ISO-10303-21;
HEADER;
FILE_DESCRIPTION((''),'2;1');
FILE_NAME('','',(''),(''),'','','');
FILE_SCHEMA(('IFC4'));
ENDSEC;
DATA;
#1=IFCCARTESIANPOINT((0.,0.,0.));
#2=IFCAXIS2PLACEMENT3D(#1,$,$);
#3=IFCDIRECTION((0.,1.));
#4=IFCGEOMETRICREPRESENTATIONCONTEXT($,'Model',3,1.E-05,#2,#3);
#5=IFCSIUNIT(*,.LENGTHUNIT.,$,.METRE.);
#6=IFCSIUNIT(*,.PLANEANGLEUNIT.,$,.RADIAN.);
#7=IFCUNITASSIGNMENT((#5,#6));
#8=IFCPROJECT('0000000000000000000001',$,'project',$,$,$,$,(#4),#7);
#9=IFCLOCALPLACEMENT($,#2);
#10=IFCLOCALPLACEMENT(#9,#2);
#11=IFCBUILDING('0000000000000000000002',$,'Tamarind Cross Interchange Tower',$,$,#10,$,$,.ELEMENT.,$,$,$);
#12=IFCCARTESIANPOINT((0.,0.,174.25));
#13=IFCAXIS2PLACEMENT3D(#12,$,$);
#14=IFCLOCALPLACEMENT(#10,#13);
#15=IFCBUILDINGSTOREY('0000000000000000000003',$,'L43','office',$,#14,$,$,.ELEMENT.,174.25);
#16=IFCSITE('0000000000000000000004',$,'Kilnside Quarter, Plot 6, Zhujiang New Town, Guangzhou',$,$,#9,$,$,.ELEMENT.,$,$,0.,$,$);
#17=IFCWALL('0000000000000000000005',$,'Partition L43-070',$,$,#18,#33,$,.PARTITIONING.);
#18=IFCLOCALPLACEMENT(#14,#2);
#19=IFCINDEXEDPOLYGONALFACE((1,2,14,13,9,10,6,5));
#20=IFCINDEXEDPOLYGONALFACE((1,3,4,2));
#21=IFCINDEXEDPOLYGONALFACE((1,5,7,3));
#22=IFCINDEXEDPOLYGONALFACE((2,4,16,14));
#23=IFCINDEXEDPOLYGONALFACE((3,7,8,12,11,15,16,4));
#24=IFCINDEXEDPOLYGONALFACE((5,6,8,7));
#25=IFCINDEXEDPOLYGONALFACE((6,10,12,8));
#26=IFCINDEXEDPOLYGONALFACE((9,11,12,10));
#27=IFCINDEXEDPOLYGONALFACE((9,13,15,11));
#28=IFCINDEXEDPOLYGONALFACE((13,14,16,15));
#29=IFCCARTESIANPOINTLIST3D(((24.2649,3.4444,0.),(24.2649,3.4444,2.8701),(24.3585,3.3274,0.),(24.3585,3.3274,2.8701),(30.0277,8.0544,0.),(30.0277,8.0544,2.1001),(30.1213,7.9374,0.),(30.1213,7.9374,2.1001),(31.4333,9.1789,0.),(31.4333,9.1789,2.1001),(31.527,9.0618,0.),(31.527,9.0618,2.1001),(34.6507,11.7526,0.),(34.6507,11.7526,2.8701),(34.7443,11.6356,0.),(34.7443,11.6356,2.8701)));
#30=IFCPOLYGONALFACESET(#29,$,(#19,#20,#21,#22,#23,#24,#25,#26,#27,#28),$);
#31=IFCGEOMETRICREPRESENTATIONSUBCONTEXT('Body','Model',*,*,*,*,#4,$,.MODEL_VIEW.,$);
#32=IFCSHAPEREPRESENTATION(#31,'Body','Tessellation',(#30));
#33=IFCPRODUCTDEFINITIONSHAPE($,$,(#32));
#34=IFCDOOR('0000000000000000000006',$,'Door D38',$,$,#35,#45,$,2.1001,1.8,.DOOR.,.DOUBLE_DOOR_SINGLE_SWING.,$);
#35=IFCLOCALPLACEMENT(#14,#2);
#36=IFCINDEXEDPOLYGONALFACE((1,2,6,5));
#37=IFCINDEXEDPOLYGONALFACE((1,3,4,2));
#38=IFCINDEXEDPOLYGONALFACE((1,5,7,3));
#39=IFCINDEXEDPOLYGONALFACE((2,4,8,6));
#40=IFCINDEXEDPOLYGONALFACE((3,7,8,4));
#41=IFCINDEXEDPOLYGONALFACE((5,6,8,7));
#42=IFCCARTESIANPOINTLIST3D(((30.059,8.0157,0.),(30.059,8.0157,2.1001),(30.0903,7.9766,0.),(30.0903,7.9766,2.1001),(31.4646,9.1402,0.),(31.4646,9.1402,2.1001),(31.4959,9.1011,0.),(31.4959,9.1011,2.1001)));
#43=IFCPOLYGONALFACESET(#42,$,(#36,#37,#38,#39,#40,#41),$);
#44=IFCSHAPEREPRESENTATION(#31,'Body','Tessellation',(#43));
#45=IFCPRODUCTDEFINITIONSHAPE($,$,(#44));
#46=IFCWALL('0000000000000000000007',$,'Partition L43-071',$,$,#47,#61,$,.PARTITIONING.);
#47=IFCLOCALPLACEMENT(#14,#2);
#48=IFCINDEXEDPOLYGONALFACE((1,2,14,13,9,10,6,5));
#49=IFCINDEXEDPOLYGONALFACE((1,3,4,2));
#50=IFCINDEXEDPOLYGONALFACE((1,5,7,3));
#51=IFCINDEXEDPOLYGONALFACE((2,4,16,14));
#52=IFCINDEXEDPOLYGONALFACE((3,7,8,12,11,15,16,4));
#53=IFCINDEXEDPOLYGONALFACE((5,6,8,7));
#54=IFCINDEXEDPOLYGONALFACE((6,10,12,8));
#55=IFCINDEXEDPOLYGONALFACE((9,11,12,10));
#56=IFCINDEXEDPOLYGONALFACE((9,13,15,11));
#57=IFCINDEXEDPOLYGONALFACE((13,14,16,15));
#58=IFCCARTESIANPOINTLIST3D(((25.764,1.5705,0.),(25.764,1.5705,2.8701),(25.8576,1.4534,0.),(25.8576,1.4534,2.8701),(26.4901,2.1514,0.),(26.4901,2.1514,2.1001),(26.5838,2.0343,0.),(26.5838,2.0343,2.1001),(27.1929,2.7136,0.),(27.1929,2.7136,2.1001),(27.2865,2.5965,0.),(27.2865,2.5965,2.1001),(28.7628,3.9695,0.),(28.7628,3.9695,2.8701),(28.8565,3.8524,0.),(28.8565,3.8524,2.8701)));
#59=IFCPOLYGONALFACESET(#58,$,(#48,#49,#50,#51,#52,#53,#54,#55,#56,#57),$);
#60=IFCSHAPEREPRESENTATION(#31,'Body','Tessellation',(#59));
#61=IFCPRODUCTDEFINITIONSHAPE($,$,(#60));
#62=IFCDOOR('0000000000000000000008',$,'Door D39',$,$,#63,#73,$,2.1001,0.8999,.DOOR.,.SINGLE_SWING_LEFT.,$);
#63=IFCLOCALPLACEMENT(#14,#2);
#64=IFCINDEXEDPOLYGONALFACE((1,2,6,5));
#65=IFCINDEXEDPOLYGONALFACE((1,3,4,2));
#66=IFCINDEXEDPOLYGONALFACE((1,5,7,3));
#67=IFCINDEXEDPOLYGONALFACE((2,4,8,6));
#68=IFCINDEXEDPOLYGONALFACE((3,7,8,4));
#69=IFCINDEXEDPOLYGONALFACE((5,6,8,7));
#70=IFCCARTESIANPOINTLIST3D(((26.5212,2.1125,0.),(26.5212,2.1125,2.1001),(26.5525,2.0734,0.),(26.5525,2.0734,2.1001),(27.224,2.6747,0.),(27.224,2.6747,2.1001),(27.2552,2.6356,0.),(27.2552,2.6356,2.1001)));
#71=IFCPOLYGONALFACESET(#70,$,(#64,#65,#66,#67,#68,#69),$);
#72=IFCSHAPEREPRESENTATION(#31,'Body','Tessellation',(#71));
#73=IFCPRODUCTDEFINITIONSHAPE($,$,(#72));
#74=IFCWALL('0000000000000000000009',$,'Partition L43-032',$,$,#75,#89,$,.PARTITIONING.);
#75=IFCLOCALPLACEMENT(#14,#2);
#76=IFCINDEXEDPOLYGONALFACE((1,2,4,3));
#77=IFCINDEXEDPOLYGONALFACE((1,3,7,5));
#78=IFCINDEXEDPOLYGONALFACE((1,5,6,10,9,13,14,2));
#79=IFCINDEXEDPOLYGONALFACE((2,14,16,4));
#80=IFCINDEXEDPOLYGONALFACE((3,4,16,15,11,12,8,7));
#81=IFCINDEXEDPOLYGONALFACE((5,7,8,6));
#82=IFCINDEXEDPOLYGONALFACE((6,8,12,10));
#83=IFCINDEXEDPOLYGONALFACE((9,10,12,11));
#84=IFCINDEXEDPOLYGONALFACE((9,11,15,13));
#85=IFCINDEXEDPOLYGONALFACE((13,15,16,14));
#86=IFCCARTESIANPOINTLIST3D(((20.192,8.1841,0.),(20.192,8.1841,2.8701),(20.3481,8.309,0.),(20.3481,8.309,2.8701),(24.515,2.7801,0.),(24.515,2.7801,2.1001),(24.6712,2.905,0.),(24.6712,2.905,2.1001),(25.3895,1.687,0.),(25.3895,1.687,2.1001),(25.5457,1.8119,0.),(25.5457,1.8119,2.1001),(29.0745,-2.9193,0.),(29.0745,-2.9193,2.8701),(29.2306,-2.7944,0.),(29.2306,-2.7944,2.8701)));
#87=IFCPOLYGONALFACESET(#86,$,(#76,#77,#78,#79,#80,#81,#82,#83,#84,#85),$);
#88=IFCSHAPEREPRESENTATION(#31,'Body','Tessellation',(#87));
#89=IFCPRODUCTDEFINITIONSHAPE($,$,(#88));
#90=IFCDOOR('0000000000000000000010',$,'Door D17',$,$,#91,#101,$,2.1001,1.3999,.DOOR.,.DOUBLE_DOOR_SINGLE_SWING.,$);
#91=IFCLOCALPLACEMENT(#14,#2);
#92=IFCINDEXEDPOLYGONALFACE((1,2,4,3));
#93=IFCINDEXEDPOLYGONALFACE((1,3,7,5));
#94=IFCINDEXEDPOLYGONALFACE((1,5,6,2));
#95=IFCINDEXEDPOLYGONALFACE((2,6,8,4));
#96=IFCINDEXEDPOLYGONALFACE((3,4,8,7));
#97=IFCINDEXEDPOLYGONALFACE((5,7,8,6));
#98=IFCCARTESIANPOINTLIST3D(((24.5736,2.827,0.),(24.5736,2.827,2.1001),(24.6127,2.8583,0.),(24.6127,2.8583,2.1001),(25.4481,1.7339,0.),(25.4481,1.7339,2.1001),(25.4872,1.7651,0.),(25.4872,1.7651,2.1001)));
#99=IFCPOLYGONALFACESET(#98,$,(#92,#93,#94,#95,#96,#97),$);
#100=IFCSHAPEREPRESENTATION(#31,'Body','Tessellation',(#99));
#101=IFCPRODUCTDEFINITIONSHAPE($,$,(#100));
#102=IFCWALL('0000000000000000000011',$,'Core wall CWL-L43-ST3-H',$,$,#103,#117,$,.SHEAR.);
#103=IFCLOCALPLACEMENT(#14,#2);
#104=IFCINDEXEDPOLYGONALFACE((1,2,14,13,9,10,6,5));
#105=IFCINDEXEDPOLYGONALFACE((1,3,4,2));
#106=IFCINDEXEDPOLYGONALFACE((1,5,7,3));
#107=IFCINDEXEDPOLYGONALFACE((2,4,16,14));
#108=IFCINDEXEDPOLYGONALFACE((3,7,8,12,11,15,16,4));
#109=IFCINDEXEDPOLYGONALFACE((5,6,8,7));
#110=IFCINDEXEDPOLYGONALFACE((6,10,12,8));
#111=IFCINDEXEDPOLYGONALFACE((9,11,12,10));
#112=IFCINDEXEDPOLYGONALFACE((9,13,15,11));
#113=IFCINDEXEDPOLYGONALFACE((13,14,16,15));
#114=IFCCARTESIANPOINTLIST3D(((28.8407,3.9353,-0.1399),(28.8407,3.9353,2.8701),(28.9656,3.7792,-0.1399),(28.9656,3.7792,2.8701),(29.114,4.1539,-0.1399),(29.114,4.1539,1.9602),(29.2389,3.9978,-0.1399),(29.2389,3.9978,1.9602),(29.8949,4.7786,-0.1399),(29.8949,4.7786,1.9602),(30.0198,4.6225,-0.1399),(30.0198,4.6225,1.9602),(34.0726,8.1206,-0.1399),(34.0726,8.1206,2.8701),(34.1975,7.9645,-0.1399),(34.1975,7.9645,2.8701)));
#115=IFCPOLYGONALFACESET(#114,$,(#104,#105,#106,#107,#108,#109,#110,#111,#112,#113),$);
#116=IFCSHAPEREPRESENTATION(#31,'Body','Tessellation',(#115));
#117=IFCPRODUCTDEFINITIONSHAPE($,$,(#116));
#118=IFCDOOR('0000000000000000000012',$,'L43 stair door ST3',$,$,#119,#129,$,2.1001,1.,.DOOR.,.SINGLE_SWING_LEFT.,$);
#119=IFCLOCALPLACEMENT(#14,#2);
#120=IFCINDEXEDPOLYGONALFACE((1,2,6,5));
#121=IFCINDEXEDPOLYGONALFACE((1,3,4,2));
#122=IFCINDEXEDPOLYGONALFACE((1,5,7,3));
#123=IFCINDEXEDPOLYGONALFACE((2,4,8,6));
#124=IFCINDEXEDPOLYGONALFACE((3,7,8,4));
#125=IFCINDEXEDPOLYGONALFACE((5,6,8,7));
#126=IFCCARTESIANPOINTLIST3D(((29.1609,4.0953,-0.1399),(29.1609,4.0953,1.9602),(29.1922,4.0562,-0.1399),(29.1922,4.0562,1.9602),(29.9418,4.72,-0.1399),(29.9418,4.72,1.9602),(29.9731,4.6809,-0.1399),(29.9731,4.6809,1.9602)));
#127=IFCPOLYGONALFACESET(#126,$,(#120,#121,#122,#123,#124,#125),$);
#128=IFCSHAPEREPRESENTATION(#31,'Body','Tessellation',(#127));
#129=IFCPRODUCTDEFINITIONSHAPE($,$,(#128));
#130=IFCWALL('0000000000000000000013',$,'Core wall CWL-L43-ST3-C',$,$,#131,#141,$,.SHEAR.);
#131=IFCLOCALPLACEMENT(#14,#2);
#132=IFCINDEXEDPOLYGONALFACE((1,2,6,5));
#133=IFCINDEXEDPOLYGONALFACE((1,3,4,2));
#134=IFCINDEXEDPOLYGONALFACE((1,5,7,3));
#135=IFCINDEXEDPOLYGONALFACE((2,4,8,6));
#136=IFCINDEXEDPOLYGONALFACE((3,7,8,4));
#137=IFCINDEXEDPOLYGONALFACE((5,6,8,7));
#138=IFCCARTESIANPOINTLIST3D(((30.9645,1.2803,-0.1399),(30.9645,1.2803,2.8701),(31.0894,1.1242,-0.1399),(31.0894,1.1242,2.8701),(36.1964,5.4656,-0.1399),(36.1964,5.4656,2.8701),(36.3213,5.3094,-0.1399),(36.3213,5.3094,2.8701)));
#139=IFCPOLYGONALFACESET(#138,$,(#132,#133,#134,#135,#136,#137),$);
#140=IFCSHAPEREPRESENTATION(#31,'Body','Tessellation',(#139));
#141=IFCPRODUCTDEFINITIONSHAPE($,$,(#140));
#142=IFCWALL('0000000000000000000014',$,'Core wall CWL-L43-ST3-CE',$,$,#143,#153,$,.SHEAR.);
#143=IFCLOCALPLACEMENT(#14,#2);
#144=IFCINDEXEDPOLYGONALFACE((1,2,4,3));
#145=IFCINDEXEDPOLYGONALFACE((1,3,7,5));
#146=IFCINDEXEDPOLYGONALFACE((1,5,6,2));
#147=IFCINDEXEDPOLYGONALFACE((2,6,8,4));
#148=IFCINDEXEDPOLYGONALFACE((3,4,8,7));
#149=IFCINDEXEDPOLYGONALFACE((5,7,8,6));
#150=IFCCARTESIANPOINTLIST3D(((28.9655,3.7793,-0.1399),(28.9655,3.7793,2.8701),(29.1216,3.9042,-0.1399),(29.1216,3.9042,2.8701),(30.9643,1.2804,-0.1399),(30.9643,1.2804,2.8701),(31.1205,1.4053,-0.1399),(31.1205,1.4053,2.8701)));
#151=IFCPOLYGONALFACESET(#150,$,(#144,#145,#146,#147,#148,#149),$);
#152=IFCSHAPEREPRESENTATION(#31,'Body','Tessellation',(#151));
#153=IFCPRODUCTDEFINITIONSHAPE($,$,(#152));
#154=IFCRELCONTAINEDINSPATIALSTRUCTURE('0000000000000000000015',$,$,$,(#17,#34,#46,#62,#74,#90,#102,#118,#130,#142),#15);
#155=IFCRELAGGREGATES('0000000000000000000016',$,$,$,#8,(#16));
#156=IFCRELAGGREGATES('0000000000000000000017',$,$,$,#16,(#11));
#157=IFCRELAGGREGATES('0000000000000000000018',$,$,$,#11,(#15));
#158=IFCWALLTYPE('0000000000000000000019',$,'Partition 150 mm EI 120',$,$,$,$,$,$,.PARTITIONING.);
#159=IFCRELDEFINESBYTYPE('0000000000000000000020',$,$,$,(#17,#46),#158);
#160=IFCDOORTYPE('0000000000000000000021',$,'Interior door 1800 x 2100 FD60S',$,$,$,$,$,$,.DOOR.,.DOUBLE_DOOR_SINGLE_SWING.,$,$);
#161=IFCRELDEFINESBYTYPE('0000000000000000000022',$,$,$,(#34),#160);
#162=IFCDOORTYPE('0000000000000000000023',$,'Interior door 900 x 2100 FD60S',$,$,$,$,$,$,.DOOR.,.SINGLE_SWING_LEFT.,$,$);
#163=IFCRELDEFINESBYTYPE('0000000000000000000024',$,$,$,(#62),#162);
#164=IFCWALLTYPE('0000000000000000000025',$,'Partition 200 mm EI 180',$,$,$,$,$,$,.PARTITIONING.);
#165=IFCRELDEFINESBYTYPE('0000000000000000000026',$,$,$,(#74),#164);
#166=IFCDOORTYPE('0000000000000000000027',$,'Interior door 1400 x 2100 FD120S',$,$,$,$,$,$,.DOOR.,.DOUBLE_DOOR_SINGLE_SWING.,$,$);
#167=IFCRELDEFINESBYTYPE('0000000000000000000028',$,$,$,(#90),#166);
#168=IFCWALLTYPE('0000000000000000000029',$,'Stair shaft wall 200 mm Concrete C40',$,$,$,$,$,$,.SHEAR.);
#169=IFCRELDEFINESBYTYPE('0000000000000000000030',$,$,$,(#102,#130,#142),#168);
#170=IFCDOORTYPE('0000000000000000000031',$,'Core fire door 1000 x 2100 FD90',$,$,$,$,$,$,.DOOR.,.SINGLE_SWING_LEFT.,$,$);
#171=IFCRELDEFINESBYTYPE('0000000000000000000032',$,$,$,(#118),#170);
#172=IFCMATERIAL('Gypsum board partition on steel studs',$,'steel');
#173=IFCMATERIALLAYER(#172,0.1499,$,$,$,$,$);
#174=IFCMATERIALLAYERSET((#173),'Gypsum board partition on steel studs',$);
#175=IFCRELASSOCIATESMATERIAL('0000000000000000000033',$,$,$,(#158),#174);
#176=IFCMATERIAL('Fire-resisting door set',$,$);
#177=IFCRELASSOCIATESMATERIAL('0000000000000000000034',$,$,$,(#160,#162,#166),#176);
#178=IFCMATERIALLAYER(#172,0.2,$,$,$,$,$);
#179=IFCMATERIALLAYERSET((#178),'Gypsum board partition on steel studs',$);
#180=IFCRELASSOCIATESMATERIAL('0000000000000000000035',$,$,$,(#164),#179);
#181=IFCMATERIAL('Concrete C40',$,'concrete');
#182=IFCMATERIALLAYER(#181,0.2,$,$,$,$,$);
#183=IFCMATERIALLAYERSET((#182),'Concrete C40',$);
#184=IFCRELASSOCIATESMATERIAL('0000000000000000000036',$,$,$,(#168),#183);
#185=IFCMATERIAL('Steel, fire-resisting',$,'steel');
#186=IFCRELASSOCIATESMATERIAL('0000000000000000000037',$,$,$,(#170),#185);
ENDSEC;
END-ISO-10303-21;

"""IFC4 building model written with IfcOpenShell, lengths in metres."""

from ifc_helpers import new_model, si_unit, direction, frame, frame_2d, origin, place, context, subcontext, project, spatial, rectangle, extrude, material, layer, layer_set, type_object, element, fill, save


model = new_model("IFC4")

# Units and contexts
model_context = context("Model", 3, precision=1e-05, world=origin(), true_north=direction((0.0, 1.0)))
body_context = subcontext(model_context, "Body", "Model", "MODEL_VIEW")
ifc_project = project(units=[si_unit("LENGTHUNIT", "METRE"), si_unit("PLANEANGLEUNIT", "RADIAN")], contexts=[model_context])

# Site, building, storey
site_placement = place(None, origin())
site = spatial("IfcSite", under=ifc_project, at=site_placement, Name="Kilnside Quarter, Plot 6, Zhujiang New Town, Guangzhou", CompositionType="ELEMENT", RefElevation=0.0)
building_placement = place(site_placement, origin())
building = spatial("IfcBuilding", under=site, at=building_placement, Name="Tamarind Cross Interchange Tower", CompositionType="ELEMENT")
storey_placement = place(building_placement, frame((0.0, 0.0, 174.25)))
storey = spatial("IfcBuildingStorey", under=building, at=storey_placement, Name="L43", Description="office", CompositionType="ELEMENT", Elevation=174.25)

# Shared definitions
ifc_material_1 = material(Name="Gypsum board partition on steel studs", Category="steel")
ifc_layer_1 = layer(ifc_material_1, 0.1499)
ifc_layer_set_1 = layer_set([ifc_layer_1], Name="Gypsum board partition on steel studs")
wall_type_1 = type_object("IfcWallType", Name="Partition 150 mm EI 120", PredefinedType="PARTITIONING", material=ifc_layer_set_1)

# Walls, openings, doors
wall_1_placement = place(storey_placement, frame((24.3118, 3.386, 0.0), z_axis=(0.0, 0.0, 1.0), x_axis=(0.780887, 0.624673, 0.0)))
wall_1 = element("IfcWall", 1, at=wall_1_placement, inside=storey, type_object=wall_type_1, Name="Partition L43-070", PredefinedType="PARTITIONING", context=body_context, shape_type="SweptSolid", body=[
    extrude(rectangle(XDim=13.3, YDim=0.1499, at=frame_2d((6.6499, 0.0))), origin(), (0.0, 0.0, 1.0), 2.8701),
])
opening_1_placement = place(wall_1_placement, frame((7.3799, 0.0, 0.0)))
opening_1 = element("IfcOpeningElement", 2, at=opening_1_placement, cuts=wall_1, PredefinedType="OPENING", context=body_context, shape_type="SweptSolid", body=[
    extrude(rectangle(XDim=1.8, YDim=2.1001, at=frame_2d((0.8999, 1.05))), frame((0.0, 0.085, 0.0), z_axis=(0.0, -1.0, 0.0), x_axis=(1.0, 0.0, 0.0)), (0.0, 0.0, 1.0), 0.1699),
])
ifc_material_2 = material(Name="Fire-resisting door set")
door_type_1 = type_object("IfcDoorType", Name="Interior door 1800 x 2100 FD60S", OperationType="DOUBLE_DOOR_SINGLE_SWING", PredefinedType="DOOR", material=ifc_material_2)
door_1_placement = place(opening_1_placement, frame((1.8, 0.0, 0.0), z_axis=(0.0, 0.0, 1.0), x_axis=(-1.0, 0.0, 0.0)))
door_1 = element("IfcDoor", 3, at=door_1_placement, inside=storey, type_object=door_type_1, Name="Door D38", OperationType="DOUBLE_DOOR_SINGLE_SWING", OverallHeight=2.1001, OverallWidth=1.8, PredefinedType="DOOR", context=body_context, shape_type="SweptSolid", body=[
    extrude(rectangle(XDim=1.8, YDim=2.1001, at=frame_2d((0.8999, 1.05))), frame((0.0, 0.0249, 0.0), z_axis=(0.0, -1.0, 0.0), x_axis=(1.0, 0.0, 0.0)), (0.0, 0.0, 1.0), 0.05),
])
fill(opening_1, door_1)
wall_2_placement = place(storey_placement, frame((25.8108, 1.512, 0.0), z_axis=(0.0, 0.0, 1.0), x_axis=(0.780881, 0.62468, 0.0)))
wall_2 = element("IfcWall", 4, at=wall_2_placement, inside=storey, type_object=wall_type_1, Name="Partition L43-071", PredefinedType="PARTITIONING", context=body_context, shape_type="SweptSolid", body=[
    extrude(rectangle(XDim=3.8403, YDim=0.1499, at=frame_2d((1.9202, 0.0))), origin(), (0.0, 0.0, 1.0), 2.8701),
])
opening_2_placement = place(wall_2_placement, frame((0.9299, 0.0, 0.0)))
opening_2 = element("IfcOpeningElement", 5, at=opening_2_placement, cuts=wall_2, PredefinedType="OPENING", context=body_context, shape_type="SweptSolid", body=[
    extrude(rectangle(XDim=0.8999, YDim=2.1001, at=frame_2d((0.45, 1.05))), frame((0.0, 0.085, 0.0), z_axis=(0.0, -1.0, 0.0), x_axis=(1.0, 0.0, 0.0)), (0.0, 0.0, 1.0), 0.1699),
])
door_type_2 = type_object("IfcDoorType", Name="Interior door 900 x 2100 FD60S", OperationType="SINGLE_SWING_LEFT", PredefinedType="DOOR", material=ifc_material_2)
door_2_placement = place(opening_2_placement, frame((0.8999, 0.0, 0.0), z_axis=(0.0, 0.0, 1.0), x_axis=(-1.0, 0.0, 0.0)))
door_2 = element("IfcDoor", 6, at=door_2_placement, inside=storey, type_object=door_type_2, Name="Door D39", OperationType="SINGLE_SWING_LEFT", OverallHeight=2.1001, OverallWidth=0.8999, PredefinedType="DOOR", context=body_context, shape_type="SweptSolid", body=[
    extrude(rectangle(XDim=0.8999, YDim=2.1001, at=frame_2d((0.45, 1.05))), frame((0.0, 0.0249, 0.0), z_axis=(0.0, -1.0, 0.0), x_axis=(1.0, 0.0, 0.0)), (0.0, 0.0, 1.0), 0.05),
])
fill(opening_2, door_2)
ifc_layer_2 = layer(ifc_material_1, 0.2)
ifc_layer_set_2 = layer_set([ifc_layer_2], Name="Gypsum board partition on steel studs")
wall_type_2 = type_object("IfcWallType", Name="Partition 200 mm EI 180", PredefinedType="PARTITIONING", material=ifc_layer_set_2)
wall_3_placement = place(storey_placement, frame((20.27, 8.2466, 0.0), z_axis=(0.0, 0.0, 1.0), x_axis=(0.624685, -0.780877, 0.0)))
wall_3 = element("IfcWall", 7, at=wall_3_placement, inside=storey, type_object=wall_type_2, Name="Partition L43-032", PredefinedType="PARTITIONING", context=body_context, shape_type="SweptSolid", body=[
    extrude(rectangle(XDim=14.2192, YDim=0.2, at=frame_2d((7.1096, 0.0))), origin(), (0.0, 0.0, 1.0), 2.8701),
])
opening_3_placement = place(wall_3_placement, frame((6.9204, 0.0, 0.0)))
opening_3 = element("IfcOpeningElement", 8, at=opening_3_placement, cuts=wall_3, PredefinedType="OPENING", context=body_context, shape_type="SweptSolid", body=[
    extrude(rectangle(XDim=1.3999, YDim=2.1001, at=frame_2d((0.7, 1.05))), frame((0.0, 0.1099, 0.0), z_axis=(0.0, -1.0, 0.0), x_axis=(1.0, 0.0, 0.0)), (0.0, 0.0, 1.0), 0.22),
])
door_type_3 = type_object("IfcDoorType", Name="Interior door 1400 x 2100 FD120S", OperationType="DOUBLE_DOOR_SINGLE_SWING", PredefinedType="DOOR", material=ifc_material_2)
door_3_placement = place(opening_3_placement, frame((1.3999, 0.0, 0.0), z_axis=(0.0, 0.0, 1.0), x_axis=(-1.0, 0.0, 0.0)))
door_3 = element("IfcDoor", 9, at=door_3_placement, inside=storey, type_object=door_type_3, Name="Door D17", OperationType="DOUBLE_DOOR_SINGLE_SWING", OverallHeight=2.1001, OverallWidth=1.3999, PredefinedType="DOOR", context=body_context, shape_type="SweptSolid", body=[
    extrude(rectangle(XDim=1.3999, YDim=2.1001, at=frame_2d((0.7, 1.05))), frame((0.0, 0.0249, 0.0), z_axis=(0.0, -1.0, 0.0), x_axis=(1.0, 0.0, 0.0)), (0.0, 0.0, 1.0), 0.05),
])
fill(opening_3, door_3)
ifc_material_3 = material(Name="Concrete C40", Category="concrete")
ifc_layer_3 = layer(ifc_material_3, 0.2)
ifc_layer_set_3 = layer_set([ifc_layer_3], Name="Concrete C40")
wall_type_3 = type_object("IfcWallType", Name="Stair shaft wall 200 mm Concrete C40", PredefinedType="SHEAR", material=ifc_layer_set_3)
wall_4_placement = place(storey_placement, frame((28.9031, 3.8572, -0.1399), z_axis=(0.0, 0.0, 1.0), x_axis=(0.780887, 0.624673, 0.0)))
wall_4 = element("IfcWall", 10, at=wall_4_placement, inside=storey, type_object=wall_type_3, Name="Core wall CWL-L43-ST3-H", PredefinedType="SHEAR", context=body_context, shape_type="SweptSolid", body=[
    extrude(rectangle(XDim=6.7, YDim=0.2, at=frame_2d((3.3501, 0.0))), origin(), (0.0, 0.0, 1.0), 3.01),
])
opening_4_placement = place(wall_4_placement, frame((0.3501, 0.0, 0.0)))
opening_4 = element("IfcOpeningElement", 11, at=opening_4_placement, cuts=wall_4, PredefinedType="OPENING", context=body_context, shape_type="SweptSolid", body=[
    extrude(rectangle(XDim=1.0, YDim=2.1001, at=frame_2d((0.5, 1.05))), frame((0.0, 0.1099, 0.0), z_axis=(0.0, -1.0, 0.0), x_axis=(1.0, 0.0, 0.0)), (0.0, 0.0, 1.0), 0.22),
])
ifc_material_4 = material(Name="Steel, fire-resisting", Category="steel")
door_type_4 = type_object("IfcDoorType", Name="Core fire door 1000 x 2100 FD90", OperationType="SINGLE_SWING_LEFT", PredefinedType="DOOR", material=ifc_material_4)
door_4_placement = place(opening_4_placement, origin())
door_4 = element("IfcDoor", 12, at=door_4_placement, inside=storey, type_object=door_type_4, Name="L43 stair door ST3", OperationType="SINGLE_SWING_LEFT", OverallHeight=2.1001, OverallWidth=1.0, PredefinedType="DOOR", context=body_context, shape_type="SweptSolid", body=[
    extrude(rectangle(XDim=1.0, YDim=2.1001, at=frame_2d((0.5, 1.05))), frame((0.0, 0.0249, 0.0), z_axis=(0.0, -1.0, 0.0), x_axis=(1.0, 0.0, 0.0)), (0.0, 0.0, 1.0), 0.05),
])
fill(opening_4, door_4)

# Walls
wall_5_placement = place(storey_placement, frame((31.0269, 1.2021, -0.1399), z_axis=(0.0, 0.0, 1.0), x_axis=(0.780887, 0.624673, 0.0)))
element("IfcWall", 13, at=wall_5_placement, inside=storey, type_object=wall_type_3, Name="Core wall CWL-L43-ST3-C", PredefinedType="SHEAR", context=body_context, shape_type="SweptSolid", body=[
    extrude(rectangle(XDim=6.7, YDim=0.2, at=frame_2d((3.3501, 0.0))), origin(), (0.0, 0.0, 1.0), 3.01),
])
wall_6_placement = place(storey_placement, frame((31.0425, 1.3428, -0.1399), z_axis=(0.0, 0.0, 1.0), x_axis=(-0.624649, 0.780906, 0.0)))
element("IfcWall", 14, at=wall_6_placement, inside=storey, type_object=wall_type_3, Name="Core wall CWL-L43-ST3-CE", PredefinedType="SHEAR", context=body_context, shape_type="SweptSolid", body=[
    extrude(rectangle(XDim=3.2, YDim=0.2, at=frame_2d((1.6001, 0.0))), origin(), (0.0, 0.0, 1.0), 3.01),
])

save(model, "model.ifc")
